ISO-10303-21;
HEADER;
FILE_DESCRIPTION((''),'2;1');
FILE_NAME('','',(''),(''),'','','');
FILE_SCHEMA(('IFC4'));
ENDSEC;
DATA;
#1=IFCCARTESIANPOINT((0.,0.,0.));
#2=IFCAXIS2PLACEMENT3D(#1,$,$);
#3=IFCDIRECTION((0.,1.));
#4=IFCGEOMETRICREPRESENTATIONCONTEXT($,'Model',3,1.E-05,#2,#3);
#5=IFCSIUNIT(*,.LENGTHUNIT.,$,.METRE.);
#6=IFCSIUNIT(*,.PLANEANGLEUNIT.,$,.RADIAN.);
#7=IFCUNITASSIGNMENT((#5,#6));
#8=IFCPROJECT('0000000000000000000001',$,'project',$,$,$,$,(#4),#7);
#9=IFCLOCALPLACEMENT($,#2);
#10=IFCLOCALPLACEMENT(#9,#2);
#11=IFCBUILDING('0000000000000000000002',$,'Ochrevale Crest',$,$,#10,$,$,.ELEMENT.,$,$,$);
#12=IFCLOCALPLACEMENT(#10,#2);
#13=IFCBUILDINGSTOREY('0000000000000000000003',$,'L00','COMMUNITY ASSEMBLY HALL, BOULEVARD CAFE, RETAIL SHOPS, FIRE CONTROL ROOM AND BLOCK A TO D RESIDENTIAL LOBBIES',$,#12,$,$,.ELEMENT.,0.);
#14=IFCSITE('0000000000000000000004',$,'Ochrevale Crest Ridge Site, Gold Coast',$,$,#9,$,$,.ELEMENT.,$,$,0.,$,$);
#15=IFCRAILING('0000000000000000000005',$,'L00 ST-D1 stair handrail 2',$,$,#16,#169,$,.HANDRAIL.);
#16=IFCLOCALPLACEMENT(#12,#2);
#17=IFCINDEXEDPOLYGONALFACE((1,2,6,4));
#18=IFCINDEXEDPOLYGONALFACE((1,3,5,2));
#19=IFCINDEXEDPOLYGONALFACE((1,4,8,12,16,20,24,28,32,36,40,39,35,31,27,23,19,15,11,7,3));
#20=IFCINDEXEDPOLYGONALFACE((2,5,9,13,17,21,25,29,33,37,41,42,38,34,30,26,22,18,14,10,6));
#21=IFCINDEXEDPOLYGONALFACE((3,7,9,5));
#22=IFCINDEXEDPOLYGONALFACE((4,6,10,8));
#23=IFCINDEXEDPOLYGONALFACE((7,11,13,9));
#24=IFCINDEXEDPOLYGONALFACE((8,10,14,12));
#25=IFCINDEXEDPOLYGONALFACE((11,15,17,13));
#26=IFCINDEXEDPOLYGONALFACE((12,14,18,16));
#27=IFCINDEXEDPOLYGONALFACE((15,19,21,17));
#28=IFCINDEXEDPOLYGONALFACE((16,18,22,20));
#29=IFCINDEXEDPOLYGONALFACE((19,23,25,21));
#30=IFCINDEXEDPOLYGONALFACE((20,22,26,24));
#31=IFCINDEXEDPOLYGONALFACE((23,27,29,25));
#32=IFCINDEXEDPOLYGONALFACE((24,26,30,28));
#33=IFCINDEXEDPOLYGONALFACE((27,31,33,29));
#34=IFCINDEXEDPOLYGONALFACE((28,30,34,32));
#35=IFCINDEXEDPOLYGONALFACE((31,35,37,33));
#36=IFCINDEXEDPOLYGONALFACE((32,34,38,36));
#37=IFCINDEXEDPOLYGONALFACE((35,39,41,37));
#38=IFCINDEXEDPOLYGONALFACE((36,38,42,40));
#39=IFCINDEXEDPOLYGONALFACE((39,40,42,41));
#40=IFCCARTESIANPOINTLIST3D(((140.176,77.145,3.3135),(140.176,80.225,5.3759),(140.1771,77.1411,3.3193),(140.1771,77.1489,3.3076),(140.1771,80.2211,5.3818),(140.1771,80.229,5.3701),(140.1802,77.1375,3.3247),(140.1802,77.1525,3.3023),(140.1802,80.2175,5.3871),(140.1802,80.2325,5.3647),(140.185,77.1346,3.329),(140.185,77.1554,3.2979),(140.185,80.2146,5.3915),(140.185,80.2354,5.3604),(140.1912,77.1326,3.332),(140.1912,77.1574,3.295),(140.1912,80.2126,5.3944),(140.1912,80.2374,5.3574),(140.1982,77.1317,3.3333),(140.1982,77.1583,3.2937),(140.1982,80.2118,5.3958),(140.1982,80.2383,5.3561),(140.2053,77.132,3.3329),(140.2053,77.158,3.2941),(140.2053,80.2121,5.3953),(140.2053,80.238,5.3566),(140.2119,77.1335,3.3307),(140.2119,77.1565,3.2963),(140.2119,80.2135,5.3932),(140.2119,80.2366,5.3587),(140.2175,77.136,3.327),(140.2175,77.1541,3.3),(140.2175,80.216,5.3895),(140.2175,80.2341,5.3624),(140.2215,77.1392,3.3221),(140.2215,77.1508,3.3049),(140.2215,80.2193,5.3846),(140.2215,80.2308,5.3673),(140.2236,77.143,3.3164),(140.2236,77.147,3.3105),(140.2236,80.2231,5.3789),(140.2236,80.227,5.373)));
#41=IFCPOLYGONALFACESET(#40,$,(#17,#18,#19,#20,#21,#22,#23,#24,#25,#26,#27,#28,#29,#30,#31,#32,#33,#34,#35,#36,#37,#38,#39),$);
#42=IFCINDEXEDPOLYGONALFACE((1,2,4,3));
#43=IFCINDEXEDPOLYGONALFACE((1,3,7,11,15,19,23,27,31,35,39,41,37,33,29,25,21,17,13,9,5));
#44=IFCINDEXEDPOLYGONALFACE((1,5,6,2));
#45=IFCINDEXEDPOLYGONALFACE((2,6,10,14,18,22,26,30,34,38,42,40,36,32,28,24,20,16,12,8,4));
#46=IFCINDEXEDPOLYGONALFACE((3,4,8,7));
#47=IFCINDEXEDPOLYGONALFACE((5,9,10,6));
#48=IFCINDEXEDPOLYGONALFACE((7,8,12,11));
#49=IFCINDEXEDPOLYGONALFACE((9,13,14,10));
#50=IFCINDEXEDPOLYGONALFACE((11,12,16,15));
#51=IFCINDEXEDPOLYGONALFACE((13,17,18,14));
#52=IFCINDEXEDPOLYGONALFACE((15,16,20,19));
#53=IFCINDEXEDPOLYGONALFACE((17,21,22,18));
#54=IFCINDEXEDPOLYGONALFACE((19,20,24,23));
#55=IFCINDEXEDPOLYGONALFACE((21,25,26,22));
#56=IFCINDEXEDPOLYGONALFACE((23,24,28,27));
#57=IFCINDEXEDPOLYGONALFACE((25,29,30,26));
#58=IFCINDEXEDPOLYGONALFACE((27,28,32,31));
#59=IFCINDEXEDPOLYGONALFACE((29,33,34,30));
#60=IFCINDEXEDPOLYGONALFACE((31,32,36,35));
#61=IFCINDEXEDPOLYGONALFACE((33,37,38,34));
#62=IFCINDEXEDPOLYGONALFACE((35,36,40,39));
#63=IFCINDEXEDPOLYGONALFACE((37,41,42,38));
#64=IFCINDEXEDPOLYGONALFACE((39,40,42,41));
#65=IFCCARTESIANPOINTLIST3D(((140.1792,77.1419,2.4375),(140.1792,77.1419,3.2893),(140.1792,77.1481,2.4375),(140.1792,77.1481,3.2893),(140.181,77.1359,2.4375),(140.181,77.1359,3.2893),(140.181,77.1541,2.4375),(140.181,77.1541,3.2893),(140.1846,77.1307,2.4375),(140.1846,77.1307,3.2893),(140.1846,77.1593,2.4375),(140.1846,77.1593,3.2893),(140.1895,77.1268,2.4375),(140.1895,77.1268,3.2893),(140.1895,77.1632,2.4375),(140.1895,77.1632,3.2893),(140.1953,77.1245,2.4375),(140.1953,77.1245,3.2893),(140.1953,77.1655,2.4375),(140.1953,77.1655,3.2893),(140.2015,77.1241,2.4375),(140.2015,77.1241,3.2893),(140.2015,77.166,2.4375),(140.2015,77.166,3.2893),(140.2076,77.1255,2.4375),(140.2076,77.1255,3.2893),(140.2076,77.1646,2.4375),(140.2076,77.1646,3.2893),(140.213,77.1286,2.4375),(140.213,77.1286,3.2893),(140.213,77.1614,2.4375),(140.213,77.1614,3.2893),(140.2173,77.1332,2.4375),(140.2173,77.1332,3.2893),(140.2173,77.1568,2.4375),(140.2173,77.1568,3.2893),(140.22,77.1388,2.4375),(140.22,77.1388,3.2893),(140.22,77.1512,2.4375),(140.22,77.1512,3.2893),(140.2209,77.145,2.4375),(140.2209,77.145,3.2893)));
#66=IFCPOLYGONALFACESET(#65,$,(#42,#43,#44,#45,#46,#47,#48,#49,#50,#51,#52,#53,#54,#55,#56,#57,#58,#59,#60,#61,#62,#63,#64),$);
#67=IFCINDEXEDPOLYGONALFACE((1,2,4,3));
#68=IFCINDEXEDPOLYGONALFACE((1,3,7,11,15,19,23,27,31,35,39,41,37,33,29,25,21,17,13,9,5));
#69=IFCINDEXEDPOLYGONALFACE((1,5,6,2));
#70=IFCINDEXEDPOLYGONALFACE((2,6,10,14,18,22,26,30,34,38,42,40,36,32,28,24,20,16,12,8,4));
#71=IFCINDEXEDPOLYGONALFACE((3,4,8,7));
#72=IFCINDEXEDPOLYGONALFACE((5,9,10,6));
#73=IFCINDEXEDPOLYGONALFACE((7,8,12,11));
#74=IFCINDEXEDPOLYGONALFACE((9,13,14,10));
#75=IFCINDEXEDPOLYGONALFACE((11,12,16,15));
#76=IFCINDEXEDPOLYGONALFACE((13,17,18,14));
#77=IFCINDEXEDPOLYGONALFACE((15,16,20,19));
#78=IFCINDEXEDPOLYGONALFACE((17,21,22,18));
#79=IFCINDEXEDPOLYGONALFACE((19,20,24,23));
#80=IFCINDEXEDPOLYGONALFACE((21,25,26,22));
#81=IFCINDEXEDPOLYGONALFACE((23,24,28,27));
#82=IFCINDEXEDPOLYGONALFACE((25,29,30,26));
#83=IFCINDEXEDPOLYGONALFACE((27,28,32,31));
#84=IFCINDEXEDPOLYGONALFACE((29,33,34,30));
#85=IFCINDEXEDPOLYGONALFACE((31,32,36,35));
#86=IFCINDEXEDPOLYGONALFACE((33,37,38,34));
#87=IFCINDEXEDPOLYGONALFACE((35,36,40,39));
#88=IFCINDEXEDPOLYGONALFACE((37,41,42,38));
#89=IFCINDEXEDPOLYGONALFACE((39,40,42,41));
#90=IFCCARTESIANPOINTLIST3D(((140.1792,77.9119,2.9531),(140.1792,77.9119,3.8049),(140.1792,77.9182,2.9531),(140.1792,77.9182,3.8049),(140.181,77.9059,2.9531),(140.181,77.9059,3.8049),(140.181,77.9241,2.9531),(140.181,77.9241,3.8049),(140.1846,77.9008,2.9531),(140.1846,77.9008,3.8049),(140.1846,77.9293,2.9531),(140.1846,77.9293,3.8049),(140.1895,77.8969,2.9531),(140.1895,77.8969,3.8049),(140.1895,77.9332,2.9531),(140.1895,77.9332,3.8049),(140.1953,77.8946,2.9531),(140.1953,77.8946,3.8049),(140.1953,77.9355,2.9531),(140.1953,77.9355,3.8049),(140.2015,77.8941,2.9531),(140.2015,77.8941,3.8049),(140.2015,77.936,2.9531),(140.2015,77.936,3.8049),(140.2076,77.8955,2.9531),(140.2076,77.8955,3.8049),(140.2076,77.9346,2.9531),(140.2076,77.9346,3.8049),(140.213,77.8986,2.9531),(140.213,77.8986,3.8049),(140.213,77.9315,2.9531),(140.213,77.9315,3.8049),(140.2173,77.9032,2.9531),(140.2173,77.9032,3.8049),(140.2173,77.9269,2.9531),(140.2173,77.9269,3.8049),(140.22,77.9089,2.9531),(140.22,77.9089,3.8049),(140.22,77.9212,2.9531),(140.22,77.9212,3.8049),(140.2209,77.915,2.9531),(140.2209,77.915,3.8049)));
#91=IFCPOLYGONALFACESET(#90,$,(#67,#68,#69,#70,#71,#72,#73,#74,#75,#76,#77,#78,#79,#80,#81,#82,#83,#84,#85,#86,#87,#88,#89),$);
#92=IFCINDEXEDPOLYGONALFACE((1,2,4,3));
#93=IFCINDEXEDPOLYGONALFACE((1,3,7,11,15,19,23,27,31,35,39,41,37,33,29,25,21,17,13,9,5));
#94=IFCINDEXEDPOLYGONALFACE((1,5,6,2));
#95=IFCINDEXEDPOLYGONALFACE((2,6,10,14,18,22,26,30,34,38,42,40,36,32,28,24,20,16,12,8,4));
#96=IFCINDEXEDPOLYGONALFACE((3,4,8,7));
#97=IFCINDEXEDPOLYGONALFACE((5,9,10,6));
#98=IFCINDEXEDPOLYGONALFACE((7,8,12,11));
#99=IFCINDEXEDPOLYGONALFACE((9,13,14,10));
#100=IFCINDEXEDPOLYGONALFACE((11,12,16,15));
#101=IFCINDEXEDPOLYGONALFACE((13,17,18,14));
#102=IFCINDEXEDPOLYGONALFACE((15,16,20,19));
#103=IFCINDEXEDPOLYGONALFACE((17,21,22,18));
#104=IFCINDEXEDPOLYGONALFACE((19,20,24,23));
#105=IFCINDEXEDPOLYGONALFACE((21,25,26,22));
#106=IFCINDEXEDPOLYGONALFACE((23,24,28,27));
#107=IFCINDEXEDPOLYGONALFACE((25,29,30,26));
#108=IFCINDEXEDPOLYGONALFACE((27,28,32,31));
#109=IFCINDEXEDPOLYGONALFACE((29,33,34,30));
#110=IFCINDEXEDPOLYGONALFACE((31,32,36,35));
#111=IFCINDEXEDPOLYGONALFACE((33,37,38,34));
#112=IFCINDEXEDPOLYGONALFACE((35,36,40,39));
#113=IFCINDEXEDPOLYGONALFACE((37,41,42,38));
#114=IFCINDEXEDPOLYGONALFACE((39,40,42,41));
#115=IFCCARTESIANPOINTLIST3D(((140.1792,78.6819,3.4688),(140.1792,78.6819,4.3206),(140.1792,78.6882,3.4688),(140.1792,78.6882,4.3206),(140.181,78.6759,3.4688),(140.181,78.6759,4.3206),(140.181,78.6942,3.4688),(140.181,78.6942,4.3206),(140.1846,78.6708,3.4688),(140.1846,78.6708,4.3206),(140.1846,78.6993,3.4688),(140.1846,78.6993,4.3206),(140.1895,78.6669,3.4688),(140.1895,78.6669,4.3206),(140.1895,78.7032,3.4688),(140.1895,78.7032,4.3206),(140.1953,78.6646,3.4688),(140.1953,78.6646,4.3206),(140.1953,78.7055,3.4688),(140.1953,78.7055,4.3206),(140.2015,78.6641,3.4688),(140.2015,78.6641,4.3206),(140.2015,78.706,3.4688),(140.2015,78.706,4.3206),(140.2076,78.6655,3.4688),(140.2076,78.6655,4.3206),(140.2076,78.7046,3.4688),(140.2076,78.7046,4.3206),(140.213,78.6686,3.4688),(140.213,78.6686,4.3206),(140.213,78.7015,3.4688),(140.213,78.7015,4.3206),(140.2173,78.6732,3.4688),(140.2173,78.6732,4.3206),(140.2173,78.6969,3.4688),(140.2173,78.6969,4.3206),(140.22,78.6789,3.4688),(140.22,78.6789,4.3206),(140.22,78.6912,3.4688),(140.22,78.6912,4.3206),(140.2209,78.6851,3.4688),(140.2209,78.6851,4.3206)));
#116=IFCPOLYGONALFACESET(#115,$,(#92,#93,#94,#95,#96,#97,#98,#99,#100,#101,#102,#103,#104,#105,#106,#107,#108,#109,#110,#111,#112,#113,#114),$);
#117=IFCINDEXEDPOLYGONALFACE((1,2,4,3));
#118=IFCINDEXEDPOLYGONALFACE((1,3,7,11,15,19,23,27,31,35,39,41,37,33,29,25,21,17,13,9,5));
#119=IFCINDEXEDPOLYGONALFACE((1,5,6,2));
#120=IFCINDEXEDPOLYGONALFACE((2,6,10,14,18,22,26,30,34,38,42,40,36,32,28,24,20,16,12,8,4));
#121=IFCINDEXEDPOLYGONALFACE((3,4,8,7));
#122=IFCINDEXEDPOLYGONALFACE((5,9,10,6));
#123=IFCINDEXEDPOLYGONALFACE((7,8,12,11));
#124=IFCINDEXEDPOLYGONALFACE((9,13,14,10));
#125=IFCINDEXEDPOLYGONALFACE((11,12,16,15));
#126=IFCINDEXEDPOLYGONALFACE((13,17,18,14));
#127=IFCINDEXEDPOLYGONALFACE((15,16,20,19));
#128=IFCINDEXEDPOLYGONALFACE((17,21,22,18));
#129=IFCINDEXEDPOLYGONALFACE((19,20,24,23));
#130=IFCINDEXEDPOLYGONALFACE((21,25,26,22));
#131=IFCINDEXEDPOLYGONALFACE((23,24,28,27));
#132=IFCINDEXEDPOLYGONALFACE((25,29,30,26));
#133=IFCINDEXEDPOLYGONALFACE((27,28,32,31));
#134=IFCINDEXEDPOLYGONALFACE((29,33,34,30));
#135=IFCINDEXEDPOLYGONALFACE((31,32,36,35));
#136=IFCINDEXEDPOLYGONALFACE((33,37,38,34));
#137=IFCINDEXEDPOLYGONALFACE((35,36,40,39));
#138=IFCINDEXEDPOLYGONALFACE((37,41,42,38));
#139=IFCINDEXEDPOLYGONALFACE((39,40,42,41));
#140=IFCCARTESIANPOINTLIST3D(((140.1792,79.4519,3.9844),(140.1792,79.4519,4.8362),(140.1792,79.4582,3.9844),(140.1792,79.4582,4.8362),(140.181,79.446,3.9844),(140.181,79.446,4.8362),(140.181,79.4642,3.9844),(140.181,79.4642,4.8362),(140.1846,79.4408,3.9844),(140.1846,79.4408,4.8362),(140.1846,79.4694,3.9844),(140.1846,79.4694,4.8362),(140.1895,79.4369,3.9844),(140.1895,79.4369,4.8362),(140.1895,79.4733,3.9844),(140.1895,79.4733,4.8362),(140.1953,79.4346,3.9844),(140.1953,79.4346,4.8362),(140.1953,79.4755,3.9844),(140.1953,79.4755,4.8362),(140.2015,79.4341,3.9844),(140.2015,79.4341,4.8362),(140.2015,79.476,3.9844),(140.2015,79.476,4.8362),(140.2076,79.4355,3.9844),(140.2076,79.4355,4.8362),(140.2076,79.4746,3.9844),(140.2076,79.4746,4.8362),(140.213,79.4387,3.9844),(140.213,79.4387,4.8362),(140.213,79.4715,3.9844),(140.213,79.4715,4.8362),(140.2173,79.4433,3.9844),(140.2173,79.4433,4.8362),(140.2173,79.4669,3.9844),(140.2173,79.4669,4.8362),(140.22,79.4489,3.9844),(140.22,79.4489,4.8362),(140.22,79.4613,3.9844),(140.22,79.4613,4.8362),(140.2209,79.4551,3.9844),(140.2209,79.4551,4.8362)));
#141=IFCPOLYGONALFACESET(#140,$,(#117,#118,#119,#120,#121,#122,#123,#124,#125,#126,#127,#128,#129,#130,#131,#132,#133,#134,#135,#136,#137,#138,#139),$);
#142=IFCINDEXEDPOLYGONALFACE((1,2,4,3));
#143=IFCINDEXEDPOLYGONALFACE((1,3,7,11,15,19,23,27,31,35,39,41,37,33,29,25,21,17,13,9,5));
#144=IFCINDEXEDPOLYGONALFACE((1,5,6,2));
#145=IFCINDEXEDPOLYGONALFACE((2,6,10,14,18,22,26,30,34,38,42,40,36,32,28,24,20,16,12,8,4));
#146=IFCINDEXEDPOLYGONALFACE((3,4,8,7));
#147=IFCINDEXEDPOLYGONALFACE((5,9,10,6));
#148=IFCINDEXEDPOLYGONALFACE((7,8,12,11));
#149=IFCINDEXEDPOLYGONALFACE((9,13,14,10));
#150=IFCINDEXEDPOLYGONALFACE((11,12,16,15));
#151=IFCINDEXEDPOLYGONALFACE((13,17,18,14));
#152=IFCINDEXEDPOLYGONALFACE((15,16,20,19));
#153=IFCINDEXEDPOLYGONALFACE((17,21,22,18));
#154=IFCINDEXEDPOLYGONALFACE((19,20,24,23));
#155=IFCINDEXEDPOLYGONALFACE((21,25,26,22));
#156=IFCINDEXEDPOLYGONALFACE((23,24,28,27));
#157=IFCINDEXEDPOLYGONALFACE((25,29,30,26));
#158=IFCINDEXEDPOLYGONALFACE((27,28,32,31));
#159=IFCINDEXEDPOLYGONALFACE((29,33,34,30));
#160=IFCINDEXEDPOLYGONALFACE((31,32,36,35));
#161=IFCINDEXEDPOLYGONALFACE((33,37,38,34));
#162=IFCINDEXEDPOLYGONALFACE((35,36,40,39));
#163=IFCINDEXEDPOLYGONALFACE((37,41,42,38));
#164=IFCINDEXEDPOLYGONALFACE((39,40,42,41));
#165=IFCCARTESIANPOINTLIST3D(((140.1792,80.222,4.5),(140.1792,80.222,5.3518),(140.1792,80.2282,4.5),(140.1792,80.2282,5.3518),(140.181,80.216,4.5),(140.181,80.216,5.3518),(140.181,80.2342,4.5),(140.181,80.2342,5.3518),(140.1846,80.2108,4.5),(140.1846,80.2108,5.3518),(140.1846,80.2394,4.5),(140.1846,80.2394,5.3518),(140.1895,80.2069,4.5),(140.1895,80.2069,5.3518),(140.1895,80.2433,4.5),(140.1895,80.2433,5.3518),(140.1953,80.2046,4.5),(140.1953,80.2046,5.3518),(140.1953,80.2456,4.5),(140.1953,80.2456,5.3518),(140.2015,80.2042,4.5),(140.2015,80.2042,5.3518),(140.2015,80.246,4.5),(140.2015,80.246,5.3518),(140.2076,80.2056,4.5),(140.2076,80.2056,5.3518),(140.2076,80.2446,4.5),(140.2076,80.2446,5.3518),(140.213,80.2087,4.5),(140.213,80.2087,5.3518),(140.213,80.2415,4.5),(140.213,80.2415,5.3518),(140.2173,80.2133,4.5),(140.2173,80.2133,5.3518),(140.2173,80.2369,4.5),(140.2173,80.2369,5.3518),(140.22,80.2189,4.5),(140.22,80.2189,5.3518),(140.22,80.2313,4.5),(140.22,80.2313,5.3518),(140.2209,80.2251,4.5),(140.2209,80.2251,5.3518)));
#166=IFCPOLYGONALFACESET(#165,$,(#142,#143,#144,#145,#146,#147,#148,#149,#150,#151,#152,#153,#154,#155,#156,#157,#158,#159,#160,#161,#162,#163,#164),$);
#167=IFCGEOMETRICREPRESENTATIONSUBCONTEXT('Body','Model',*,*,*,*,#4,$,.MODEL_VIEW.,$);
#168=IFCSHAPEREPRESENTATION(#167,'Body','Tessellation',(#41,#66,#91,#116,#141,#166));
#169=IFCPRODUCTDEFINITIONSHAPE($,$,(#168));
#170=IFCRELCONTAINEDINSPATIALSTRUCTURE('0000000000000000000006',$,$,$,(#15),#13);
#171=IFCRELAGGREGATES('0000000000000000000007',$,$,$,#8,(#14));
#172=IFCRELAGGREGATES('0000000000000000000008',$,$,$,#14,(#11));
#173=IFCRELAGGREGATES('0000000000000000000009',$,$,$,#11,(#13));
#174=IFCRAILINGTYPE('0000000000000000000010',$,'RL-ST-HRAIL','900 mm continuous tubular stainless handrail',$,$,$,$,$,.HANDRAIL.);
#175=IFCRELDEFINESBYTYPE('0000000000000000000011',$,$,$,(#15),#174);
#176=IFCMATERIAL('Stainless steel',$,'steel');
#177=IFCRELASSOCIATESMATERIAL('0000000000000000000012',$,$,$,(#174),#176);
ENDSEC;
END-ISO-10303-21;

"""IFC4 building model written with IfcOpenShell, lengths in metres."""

from ifc_helpers import new_model, si_unit, direction, frame, origin, origin_2d, place, context, subcontext, project, spatial, circle, extrude, material, type_object, element, save


model = new_model("IFC4")

# Units and contexts
model_context = context("Model", 3, precision=1e-05, world=origin(), true_north=direction((0.0, 1.0)))
body_context = subcontext(model_context, "Body", "Model", "MODEL_VIEW")
ifc_project = project(units=[si_unit("LENGTHUNIT", "METRE"), si_unit("PLANEANGLEUNIT", "RADIAN")], contexts=[model_context])

# Site, building, storey
site_placement = place(None, origin())
site = spatial("IfcSite", under=ifc_project, at=site_placement, Name="Ochrevale Crest Ridge Site, Gold Coast", CompositionType="ELEMENT", RefElevation=0.0)
building_placement = place(site_placement, origin())
building = spatial("IfcBuilding", under=site, at=building_placement, Name="Ochrevale Crest", CompositionType="ELEMENT")
storey_placement = place(building_placement, origin())
storey = spatial("IfcBuildingStorey", under=building, at=storey_placement, Name="L00", Description="COMMUNITY ASSEMBLY HALL, BOULEVARD CAFE, RETAIL SHOPS, FIRE CONTROL ROOM AND BLOCK A TO D RESIDENTIAL LOBBIES", CompositionType="ELEMENT", Elevation=0.0)

# Railing
ifc_material_1 = material(Name="Stainless steel", Category="steel")
railing_type_1 = type_object("IfcRailingType", Name="RL-ST-HRAIL", Description="900 mm continuous tubular stainless handrail", PredefinedType="HANDRAIL", material=ifc_material_1)
for number, where, name in (
    (1, (140.2, 77.145, 2.4375), "L00 ST-D1 stair handrail 2"),
):
    element("IfcRailing", number, at=place(storey_placement, frame(where)), inside=storey, type_object=railing_type_1, Name=name, PredefinedType="HANDRAIL", context=body_context, shape_type="SweptSolid", body=[
        extrude(circle(Radius=0.0239, at=origin_2d()), frame((0.0, 0.0, 0.876), z_axis=(0.0, 0.830914, 0.556401), x_axis=(-1.0, 0.0, 0.0)), (0.0, 0.0, 1.0), 3.7068),
        extrude(circle(Radius=0.021, at=origin_2d()), origin(), (0.0, 0.0, 1.0), 0.8518),
        extrude(circle(Radius=0.021, at=origin_2d()), frame((0.0, 0.77, 0.5156)), (0.0, 0.0, 1.0), 0.8518),
        extrude(circle(Radius=0.021, at=origin_2d()), frame((0.0, 1.54, 1.0312)), (0.0, 0.0, 1.0), 0.8518),
        extrude(circle(Radius=0.021, at=origin_2d()), frame((0.0, 2.3101, 1.5469)), (0.0, 0.0, 1.0), 0.8518),
        extrude(circle(Radius=0.021, at=origin_2d()), frame((0.0, 3.0801, 2.0625)), (0.0, 0.0, 1.0), 0.8518),
    ])

save(model, "model.ifc")
